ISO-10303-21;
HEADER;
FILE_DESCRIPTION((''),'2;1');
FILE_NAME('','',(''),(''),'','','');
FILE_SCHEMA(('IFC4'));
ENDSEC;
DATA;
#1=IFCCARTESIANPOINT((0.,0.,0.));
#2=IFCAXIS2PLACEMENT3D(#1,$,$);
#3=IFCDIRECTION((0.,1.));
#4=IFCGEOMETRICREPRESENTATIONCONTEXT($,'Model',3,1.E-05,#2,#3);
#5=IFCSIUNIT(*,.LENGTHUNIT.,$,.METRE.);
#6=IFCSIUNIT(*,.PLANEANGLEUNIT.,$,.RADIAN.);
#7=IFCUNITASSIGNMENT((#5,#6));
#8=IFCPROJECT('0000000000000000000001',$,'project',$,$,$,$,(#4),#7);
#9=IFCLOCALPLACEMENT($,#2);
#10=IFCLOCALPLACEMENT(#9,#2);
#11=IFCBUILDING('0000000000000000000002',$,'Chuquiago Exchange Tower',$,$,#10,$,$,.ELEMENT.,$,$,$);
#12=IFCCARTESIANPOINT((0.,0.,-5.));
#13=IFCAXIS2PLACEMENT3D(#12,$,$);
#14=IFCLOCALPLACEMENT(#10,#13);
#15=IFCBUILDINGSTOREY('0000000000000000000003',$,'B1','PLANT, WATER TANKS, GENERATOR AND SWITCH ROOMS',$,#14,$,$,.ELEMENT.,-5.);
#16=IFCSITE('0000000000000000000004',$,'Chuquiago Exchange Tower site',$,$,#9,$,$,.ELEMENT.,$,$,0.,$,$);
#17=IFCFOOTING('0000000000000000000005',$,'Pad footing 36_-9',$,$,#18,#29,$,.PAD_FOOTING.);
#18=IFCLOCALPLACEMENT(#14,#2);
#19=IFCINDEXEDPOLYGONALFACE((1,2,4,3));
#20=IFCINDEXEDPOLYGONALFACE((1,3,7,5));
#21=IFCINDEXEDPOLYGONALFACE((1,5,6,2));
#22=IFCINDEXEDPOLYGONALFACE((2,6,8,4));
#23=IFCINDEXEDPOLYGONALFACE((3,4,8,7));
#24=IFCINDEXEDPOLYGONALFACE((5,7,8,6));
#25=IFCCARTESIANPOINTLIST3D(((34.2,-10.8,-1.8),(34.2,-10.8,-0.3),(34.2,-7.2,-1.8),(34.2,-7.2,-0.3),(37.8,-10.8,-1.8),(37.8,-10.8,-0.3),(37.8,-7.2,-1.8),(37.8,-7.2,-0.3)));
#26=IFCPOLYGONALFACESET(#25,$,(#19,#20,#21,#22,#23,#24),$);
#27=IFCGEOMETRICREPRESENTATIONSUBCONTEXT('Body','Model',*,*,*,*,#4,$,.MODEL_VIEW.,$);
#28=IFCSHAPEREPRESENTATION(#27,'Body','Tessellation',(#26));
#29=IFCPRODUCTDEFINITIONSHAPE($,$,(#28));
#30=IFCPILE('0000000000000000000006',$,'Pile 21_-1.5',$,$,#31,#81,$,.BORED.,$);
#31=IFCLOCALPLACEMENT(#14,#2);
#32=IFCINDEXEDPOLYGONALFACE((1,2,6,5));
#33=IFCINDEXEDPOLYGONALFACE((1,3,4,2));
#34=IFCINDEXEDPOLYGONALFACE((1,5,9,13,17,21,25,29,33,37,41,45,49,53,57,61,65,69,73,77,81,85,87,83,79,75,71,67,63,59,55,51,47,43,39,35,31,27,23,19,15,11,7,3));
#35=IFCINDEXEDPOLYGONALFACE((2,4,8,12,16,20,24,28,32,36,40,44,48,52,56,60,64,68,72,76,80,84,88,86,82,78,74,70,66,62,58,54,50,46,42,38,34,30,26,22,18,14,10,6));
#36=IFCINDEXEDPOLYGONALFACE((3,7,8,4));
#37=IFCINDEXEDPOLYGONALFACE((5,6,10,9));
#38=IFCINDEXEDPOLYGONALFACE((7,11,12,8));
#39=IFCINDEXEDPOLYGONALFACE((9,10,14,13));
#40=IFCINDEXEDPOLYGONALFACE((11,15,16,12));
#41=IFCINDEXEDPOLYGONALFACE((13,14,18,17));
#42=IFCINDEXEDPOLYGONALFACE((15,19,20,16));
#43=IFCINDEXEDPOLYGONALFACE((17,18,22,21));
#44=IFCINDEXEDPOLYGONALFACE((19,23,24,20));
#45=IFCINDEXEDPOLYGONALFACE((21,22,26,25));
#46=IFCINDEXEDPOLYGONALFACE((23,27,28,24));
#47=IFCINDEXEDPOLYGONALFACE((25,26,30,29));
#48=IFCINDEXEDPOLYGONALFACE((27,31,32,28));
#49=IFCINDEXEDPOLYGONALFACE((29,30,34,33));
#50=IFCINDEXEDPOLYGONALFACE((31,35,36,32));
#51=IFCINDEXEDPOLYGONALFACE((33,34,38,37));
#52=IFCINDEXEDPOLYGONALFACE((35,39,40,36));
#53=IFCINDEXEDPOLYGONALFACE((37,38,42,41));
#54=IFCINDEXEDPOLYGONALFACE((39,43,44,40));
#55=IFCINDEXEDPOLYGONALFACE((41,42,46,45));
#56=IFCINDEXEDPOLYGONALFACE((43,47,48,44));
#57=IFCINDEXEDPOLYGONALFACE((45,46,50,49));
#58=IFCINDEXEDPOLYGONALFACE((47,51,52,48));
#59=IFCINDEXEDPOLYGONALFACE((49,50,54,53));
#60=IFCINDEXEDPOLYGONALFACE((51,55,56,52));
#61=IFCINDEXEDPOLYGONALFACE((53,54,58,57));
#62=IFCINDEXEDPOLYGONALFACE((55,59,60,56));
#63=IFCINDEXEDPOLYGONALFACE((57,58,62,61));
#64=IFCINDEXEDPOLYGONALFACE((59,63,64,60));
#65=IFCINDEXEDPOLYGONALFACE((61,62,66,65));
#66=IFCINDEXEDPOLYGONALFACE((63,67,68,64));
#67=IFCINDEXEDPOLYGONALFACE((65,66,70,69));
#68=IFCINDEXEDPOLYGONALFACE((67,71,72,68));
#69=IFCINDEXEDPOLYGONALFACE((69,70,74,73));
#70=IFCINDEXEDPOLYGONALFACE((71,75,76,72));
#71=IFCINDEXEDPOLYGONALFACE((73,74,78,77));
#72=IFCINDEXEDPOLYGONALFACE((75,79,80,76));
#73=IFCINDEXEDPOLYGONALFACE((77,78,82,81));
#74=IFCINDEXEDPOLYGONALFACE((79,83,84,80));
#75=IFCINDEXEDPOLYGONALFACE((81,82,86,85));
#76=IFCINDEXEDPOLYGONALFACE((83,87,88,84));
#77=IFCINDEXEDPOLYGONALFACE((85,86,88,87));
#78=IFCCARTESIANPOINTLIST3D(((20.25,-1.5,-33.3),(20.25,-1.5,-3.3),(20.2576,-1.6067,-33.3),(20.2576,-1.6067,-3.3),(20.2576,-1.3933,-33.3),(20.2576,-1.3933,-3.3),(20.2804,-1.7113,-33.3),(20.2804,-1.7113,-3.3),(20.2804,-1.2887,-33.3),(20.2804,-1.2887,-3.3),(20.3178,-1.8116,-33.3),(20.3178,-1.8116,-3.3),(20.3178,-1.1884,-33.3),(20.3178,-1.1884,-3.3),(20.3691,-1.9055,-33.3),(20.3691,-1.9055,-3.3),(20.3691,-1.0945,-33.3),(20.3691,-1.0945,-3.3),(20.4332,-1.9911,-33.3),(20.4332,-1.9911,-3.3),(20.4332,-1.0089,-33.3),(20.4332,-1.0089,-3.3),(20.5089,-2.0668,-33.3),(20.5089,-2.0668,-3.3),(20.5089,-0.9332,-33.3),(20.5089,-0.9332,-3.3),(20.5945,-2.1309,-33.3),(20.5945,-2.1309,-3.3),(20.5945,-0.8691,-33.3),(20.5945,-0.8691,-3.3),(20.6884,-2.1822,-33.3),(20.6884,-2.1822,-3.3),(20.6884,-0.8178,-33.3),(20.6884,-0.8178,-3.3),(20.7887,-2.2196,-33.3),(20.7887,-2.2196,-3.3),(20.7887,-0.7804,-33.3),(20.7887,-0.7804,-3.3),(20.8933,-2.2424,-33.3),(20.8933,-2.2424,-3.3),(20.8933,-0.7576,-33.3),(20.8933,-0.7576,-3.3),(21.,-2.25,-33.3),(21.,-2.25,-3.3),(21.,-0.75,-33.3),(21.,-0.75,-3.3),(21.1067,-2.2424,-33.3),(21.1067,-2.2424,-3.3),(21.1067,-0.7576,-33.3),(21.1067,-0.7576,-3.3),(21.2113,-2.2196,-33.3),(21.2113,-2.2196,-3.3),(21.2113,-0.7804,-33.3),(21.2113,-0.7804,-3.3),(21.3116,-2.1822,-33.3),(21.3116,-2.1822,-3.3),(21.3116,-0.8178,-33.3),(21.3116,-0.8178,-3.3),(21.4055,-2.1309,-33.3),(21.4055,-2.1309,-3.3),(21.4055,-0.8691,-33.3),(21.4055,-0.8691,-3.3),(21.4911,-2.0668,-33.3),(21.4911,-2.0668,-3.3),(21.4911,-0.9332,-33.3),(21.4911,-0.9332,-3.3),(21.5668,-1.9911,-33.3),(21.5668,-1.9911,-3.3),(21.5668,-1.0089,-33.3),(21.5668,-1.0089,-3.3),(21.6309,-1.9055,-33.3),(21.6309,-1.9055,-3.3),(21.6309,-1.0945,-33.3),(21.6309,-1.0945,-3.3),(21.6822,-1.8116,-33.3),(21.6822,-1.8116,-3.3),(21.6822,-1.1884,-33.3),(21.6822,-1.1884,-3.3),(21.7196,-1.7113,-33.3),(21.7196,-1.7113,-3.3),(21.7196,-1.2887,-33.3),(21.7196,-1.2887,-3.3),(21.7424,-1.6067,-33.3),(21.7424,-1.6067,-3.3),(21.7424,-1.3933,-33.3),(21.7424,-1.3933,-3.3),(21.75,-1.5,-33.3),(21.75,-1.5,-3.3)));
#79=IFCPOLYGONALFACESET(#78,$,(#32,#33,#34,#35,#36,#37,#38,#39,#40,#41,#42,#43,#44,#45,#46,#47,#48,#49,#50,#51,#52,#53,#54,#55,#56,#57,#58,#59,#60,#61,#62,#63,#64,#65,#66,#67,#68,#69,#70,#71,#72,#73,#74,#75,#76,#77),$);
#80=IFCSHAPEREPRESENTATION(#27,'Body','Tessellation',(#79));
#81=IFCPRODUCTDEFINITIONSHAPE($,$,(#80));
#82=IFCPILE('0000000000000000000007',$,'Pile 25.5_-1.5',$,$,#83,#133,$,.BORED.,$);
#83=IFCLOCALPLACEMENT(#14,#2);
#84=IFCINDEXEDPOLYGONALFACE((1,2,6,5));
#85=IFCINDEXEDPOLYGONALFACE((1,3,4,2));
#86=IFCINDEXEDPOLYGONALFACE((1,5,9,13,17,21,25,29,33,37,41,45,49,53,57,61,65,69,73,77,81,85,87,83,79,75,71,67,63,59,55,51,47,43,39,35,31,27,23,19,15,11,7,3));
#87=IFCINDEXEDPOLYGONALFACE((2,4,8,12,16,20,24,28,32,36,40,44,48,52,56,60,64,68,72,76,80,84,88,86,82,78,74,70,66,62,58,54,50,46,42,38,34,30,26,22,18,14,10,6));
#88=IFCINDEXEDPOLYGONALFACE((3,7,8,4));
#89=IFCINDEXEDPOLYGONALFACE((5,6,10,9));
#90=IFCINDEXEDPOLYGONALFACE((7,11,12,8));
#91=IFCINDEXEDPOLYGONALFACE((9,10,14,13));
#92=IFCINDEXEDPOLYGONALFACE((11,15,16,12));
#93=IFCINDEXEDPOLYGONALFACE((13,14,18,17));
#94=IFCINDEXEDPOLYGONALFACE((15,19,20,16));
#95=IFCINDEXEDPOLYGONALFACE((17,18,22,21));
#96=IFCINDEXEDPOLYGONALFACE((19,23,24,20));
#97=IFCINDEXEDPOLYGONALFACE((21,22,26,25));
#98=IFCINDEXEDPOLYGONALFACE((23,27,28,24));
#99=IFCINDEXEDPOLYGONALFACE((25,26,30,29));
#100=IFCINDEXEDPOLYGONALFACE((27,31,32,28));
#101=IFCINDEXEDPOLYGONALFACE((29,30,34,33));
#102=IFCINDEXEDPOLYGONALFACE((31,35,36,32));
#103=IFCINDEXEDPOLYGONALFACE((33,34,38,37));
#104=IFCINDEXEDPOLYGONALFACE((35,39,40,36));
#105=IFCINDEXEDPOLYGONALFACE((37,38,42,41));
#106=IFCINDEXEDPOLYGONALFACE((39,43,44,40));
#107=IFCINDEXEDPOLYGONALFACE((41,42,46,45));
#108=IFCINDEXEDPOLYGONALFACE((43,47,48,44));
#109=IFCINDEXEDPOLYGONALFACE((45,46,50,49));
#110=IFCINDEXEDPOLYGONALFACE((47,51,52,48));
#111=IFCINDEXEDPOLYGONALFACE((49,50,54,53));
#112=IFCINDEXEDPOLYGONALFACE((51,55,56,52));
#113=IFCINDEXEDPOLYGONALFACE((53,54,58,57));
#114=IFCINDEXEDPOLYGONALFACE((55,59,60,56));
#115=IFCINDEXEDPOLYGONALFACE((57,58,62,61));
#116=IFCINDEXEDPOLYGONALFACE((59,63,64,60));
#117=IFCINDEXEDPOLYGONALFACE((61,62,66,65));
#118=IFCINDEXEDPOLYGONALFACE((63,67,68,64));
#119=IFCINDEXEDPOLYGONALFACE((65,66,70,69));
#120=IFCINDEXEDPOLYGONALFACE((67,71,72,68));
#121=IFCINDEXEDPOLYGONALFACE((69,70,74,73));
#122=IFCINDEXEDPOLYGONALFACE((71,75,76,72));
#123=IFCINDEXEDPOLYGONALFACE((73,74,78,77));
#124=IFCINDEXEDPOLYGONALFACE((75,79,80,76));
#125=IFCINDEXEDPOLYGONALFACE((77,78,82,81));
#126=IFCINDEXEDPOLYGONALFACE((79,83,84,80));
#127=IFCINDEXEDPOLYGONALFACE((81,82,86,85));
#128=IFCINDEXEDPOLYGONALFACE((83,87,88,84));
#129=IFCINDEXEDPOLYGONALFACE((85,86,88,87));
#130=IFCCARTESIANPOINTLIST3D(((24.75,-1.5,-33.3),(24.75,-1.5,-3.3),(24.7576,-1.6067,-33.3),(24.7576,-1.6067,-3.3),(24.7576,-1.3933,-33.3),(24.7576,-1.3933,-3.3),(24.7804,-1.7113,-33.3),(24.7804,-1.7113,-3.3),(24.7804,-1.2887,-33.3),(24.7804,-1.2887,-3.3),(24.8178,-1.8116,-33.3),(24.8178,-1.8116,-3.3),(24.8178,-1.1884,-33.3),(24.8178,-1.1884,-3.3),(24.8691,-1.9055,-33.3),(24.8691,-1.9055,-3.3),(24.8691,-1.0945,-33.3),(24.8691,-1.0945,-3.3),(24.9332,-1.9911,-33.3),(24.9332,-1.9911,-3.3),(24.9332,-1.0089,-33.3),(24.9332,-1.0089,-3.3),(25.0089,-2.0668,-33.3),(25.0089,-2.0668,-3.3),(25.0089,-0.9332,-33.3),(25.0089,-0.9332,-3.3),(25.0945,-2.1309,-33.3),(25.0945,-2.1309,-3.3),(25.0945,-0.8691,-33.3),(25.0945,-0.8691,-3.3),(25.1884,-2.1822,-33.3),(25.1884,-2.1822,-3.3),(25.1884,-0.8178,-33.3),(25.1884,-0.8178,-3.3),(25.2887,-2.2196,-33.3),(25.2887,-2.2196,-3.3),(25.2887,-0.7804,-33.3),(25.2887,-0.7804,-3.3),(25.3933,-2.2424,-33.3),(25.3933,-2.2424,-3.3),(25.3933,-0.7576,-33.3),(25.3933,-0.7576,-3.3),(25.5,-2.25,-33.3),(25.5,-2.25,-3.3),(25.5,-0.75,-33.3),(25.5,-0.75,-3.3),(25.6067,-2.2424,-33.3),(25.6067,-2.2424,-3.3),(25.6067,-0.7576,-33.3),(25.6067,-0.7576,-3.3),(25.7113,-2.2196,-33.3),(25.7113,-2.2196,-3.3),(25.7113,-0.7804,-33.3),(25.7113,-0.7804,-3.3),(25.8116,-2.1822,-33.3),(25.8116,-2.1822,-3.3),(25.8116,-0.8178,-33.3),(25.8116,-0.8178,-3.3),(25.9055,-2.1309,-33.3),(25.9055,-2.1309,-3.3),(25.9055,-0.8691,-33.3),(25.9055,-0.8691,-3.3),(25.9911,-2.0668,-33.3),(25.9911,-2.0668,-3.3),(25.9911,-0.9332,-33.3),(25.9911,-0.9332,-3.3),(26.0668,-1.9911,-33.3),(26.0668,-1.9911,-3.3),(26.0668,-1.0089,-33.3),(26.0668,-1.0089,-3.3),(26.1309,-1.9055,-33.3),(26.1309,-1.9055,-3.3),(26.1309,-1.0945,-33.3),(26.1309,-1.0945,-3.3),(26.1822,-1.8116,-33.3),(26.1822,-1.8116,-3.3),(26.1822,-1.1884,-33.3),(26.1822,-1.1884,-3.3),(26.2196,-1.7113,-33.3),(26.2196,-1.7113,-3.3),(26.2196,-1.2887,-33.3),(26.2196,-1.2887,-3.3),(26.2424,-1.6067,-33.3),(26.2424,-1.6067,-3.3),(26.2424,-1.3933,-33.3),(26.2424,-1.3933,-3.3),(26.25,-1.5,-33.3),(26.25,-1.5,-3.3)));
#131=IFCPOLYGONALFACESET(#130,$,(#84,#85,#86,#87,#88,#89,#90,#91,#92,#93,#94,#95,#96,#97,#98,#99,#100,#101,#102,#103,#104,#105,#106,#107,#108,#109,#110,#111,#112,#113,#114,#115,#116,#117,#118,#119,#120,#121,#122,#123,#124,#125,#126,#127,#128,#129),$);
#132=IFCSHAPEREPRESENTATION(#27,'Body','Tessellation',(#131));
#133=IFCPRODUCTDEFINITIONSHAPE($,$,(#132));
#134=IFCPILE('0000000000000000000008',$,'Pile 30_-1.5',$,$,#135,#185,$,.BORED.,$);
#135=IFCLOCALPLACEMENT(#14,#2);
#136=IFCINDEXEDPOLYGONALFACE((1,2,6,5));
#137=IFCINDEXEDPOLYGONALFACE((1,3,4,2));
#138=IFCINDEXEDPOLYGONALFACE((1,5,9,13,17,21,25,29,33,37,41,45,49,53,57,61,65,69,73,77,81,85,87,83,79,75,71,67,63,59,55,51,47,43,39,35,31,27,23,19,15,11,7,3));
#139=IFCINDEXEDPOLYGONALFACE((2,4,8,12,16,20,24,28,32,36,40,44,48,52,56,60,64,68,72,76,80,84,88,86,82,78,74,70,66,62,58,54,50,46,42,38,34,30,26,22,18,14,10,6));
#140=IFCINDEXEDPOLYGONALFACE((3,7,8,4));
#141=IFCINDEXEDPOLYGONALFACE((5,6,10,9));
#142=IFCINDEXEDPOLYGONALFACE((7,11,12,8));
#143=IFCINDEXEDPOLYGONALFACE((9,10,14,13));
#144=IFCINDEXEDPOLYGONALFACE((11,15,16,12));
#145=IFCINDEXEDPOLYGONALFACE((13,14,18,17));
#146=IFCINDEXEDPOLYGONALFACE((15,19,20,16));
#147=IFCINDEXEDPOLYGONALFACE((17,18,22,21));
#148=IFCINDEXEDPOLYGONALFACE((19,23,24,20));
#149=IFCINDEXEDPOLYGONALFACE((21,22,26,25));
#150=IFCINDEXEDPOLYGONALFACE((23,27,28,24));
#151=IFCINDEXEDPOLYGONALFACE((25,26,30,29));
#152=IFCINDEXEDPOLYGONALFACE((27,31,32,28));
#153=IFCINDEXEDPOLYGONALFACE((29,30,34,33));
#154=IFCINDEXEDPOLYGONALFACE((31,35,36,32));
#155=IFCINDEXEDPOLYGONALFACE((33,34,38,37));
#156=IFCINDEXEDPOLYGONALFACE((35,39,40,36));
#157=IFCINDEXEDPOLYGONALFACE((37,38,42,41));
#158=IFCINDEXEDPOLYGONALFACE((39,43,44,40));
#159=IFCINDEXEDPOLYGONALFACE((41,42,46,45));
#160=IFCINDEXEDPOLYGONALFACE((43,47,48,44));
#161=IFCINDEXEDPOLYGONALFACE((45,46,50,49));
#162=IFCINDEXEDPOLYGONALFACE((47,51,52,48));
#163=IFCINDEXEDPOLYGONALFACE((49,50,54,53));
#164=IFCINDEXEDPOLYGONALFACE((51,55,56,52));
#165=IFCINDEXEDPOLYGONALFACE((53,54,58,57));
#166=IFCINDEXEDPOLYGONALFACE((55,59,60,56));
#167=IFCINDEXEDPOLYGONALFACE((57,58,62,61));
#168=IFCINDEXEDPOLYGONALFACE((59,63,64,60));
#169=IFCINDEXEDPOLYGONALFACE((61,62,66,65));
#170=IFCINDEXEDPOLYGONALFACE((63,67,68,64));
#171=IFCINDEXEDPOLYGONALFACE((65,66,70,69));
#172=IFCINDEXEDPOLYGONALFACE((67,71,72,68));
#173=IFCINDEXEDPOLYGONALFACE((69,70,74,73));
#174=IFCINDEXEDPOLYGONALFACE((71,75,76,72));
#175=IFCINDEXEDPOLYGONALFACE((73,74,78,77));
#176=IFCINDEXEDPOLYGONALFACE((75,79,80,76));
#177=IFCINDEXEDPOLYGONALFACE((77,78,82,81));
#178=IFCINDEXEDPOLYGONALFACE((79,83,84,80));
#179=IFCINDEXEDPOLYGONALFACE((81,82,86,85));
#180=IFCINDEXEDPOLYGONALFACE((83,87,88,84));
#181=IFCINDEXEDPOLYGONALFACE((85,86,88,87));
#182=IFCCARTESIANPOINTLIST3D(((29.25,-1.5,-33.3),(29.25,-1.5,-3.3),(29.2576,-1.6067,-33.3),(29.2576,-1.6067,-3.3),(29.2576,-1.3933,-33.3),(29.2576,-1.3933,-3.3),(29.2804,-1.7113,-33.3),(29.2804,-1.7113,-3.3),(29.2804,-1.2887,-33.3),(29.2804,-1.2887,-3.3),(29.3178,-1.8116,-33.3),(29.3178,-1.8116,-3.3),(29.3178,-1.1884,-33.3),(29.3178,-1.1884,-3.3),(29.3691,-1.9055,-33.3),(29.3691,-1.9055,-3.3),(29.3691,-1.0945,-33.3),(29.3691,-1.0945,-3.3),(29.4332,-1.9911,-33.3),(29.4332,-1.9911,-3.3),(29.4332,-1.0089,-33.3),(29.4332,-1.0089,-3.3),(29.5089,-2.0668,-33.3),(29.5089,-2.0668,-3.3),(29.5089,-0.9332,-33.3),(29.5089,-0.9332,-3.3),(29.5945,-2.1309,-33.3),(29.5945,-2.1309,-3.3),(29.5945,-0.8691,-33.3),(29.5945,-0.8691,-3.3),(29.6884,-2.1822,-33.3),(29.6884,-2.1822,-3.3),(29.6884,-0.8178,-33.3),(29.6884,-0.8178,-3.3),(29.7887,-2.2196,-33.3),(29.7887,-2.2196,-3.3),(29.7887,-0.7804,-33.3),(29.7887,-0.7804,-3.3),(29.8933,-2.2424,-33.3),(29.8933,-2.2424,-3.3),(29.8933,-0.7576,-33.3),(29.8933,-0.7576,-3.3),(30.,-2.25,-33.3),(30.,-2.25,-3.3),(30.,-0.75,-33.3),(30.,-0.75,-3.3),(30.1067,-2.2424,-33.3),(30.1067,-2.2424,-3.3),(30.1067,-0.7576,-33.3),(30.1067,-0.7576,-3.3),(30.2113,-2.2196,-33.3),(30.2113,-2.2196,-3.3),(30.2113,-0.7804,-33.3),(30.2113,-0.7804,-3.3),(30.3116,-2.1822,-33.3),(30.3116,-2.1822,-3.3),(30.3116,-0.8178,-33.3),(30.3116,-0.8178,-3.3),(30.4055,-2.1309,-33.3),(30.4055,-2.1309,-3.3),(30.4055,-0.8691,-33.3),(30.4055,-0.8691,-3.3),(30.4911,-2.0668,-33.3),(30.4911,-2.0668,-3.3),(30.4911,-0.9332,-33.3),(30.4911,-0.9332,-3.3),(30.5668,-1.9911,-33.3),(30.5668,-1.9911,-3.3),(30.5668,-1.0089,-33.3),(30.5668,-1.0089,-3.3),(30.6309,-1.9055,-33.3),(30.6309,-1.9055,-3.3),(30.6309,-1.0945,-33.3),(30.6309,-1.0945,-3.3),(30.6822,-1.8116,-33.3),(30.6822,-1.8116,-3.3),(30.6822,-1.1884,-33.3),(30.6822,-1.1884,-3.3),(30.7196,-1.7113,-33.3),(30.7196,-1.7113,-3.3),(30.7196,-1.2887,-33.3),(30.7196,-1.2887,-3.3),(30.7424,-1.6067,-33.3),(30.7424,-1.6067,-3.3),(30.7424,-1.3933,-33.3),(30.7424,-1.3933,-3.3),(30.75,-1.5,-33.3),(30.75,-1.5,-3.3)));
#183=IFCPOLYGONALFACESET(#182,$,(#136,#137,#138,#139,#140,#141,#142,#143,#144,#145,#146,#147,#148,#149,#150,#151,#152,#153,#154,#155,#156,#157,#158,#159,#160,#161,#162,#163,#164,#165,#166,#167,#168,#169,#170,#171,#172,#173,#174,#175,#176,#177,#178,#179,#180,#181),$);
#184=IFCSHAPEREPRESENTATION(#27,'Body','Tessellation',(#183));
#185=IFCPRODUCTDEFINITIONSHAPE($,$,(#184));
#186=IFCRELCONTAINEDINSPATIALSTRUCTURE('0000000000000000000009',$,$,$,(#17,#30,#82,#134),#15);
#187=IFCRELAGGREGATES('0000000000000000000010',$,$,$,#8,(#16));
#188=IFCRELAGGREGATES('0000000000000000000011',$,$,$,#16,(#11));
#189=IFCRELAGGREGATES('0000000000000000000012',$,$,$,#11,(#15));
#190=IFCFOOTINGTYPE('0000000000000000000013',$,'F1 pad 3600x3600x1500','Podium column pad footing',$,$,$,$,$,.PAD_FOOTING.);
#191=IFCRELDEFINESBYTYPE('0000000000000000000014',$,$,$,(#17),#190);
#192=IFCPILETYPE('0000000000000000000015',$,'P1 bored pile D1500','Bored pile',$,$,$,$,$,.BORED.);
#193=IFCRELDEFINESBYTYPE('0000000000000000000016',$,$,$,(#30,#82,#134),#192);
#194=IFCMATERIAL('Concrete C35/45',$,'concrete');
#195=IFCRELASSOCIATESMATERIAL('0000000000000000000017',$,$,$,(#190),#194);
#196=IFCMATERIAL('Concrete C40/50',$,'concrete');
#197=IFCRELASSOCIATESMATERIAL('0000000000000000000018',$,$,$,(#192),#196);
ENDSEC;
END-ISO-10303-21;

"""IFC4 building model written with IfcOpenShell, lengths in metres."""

from ifc_helpers import new_model, si_unit, direction, frame, origin, origin_2d, place, context, subcontext, project, spatial, rectangle, circle, extrude, material, material_profile, profile_set, type_object, element, save


model = new_model("IFC4")

# Units and contexts
model_context = context("Model", 3, precision=1e-05, world=origin(), true_north=direction((0.0, 1.0)))
body_context = subcontext(model_context, "Body", "Model", "MODEL_VIEW")
ifc_project = project(units=[si_unit("LENGTHUNIT", "METRE"), si_unit("PLANEANGLEUNIT", "RADIAN")], contexts=[model_context])

# Site, building, storey
site_placement = place(None, origin())
site = spatial("IfcSite", under=ifc_project, at=site_placement, Name="Chuquiago Exchange Tower site", CompositionType="ELEMENT", RefElevation=0.0)
building_placement = place(site_placement, origin())
building = spatial("IfcBuilding", under=site, at=building_placement, Name="Chuquiago Exchange Tower", CompositionType="ELEMENT")
storey_placement = place(building_placement, frame((0.0, 0.0, -5.0)))
storey = spatial("IfcBuildingStorey", under=building, at=storey_placement, Name="B1", Description="PLANT, WATER TANKS, GENERATOR AND SWITCH ROOMS", CompositionType="ELEMENT", Elevation=-5.0)

# Footing
ifc_material_1 = material(Name="Concrete C35/45", Category="concrete")
footing_type = type_object("IfcFootingType", Name="F1 pad 3600x3600x1500", Description="Podium column pad footing", PredefinedType="PAD_FOOTING", material=ifc_material_1)
footing_placement = place(storey_placement, frame((36.0, -9.0, -1.8), z_axis=(0.0, 0.0, 1.0), x_axis=(1.0, 0.0, 0.0)))
element("IfcFooting", 1, at=footing_placement, inside=storey, type_object=footing_type, Name="Pad footing 36_-9", PredefinedType="PAD_FOOTING", context=body_context, shape_type="SweptSolid", body=[
    extrude(rectangle(XDim=3.6001, YDim=3.6001, at=origin_2d()), origin(), (0.0, 0.0, 1.0), 1.5),
])

# Piles
ifc_material_2 = material(Name="Concrete C40/50", Category="concrete")
ifc_material_profile_1 = material_profile(ifc_material_2, circle(Radius=0.75, at=origin_2d()), Name="D1500")
ifc_profile_set_1 = profile_set([ifc_material_profile_1], Name="Concrete C40/50")
pile_type = type_object("IfcPileType", Name="P1 bored pile D1500", Description="Bored pile", PredefinedType="BORED", material=ifc_profile_set_1)
for number, where, z_axis, x_axis, name in (
    (2, (21.0, -1.5, -3.3), (0.0, 0.0, -1.0), (1.0, 0.0, 0.0), "Pile 21_-1.5"),
    (3, (25.5, -1.5, -3.3), (0.0, 0.0, -1.0), (1.0, 0.0, 0.0), "Pile 25.5_-1.5"),
    (4, (30.0, -1.5, -3.3), (0.0, 0.0, -1.0), (1.0, 0.0, 0.0), "Pile 30_-1.5"),
):
    element("IfcPile", number, at=place(storey_placement, frame(where, z_axis=z_axis, x_axis=x_axis)), inside=storey, type_object=pile_type, Name=name, PredefinedType="BORED", context=body_context, shape_type="SweptSolid", body=[
        extrude(circle(Radius=0.75, at=origin_2d()), origin(), (0.0, 0.0, 1.0), 30.0),
    ])

save(model, "model.ifc")
